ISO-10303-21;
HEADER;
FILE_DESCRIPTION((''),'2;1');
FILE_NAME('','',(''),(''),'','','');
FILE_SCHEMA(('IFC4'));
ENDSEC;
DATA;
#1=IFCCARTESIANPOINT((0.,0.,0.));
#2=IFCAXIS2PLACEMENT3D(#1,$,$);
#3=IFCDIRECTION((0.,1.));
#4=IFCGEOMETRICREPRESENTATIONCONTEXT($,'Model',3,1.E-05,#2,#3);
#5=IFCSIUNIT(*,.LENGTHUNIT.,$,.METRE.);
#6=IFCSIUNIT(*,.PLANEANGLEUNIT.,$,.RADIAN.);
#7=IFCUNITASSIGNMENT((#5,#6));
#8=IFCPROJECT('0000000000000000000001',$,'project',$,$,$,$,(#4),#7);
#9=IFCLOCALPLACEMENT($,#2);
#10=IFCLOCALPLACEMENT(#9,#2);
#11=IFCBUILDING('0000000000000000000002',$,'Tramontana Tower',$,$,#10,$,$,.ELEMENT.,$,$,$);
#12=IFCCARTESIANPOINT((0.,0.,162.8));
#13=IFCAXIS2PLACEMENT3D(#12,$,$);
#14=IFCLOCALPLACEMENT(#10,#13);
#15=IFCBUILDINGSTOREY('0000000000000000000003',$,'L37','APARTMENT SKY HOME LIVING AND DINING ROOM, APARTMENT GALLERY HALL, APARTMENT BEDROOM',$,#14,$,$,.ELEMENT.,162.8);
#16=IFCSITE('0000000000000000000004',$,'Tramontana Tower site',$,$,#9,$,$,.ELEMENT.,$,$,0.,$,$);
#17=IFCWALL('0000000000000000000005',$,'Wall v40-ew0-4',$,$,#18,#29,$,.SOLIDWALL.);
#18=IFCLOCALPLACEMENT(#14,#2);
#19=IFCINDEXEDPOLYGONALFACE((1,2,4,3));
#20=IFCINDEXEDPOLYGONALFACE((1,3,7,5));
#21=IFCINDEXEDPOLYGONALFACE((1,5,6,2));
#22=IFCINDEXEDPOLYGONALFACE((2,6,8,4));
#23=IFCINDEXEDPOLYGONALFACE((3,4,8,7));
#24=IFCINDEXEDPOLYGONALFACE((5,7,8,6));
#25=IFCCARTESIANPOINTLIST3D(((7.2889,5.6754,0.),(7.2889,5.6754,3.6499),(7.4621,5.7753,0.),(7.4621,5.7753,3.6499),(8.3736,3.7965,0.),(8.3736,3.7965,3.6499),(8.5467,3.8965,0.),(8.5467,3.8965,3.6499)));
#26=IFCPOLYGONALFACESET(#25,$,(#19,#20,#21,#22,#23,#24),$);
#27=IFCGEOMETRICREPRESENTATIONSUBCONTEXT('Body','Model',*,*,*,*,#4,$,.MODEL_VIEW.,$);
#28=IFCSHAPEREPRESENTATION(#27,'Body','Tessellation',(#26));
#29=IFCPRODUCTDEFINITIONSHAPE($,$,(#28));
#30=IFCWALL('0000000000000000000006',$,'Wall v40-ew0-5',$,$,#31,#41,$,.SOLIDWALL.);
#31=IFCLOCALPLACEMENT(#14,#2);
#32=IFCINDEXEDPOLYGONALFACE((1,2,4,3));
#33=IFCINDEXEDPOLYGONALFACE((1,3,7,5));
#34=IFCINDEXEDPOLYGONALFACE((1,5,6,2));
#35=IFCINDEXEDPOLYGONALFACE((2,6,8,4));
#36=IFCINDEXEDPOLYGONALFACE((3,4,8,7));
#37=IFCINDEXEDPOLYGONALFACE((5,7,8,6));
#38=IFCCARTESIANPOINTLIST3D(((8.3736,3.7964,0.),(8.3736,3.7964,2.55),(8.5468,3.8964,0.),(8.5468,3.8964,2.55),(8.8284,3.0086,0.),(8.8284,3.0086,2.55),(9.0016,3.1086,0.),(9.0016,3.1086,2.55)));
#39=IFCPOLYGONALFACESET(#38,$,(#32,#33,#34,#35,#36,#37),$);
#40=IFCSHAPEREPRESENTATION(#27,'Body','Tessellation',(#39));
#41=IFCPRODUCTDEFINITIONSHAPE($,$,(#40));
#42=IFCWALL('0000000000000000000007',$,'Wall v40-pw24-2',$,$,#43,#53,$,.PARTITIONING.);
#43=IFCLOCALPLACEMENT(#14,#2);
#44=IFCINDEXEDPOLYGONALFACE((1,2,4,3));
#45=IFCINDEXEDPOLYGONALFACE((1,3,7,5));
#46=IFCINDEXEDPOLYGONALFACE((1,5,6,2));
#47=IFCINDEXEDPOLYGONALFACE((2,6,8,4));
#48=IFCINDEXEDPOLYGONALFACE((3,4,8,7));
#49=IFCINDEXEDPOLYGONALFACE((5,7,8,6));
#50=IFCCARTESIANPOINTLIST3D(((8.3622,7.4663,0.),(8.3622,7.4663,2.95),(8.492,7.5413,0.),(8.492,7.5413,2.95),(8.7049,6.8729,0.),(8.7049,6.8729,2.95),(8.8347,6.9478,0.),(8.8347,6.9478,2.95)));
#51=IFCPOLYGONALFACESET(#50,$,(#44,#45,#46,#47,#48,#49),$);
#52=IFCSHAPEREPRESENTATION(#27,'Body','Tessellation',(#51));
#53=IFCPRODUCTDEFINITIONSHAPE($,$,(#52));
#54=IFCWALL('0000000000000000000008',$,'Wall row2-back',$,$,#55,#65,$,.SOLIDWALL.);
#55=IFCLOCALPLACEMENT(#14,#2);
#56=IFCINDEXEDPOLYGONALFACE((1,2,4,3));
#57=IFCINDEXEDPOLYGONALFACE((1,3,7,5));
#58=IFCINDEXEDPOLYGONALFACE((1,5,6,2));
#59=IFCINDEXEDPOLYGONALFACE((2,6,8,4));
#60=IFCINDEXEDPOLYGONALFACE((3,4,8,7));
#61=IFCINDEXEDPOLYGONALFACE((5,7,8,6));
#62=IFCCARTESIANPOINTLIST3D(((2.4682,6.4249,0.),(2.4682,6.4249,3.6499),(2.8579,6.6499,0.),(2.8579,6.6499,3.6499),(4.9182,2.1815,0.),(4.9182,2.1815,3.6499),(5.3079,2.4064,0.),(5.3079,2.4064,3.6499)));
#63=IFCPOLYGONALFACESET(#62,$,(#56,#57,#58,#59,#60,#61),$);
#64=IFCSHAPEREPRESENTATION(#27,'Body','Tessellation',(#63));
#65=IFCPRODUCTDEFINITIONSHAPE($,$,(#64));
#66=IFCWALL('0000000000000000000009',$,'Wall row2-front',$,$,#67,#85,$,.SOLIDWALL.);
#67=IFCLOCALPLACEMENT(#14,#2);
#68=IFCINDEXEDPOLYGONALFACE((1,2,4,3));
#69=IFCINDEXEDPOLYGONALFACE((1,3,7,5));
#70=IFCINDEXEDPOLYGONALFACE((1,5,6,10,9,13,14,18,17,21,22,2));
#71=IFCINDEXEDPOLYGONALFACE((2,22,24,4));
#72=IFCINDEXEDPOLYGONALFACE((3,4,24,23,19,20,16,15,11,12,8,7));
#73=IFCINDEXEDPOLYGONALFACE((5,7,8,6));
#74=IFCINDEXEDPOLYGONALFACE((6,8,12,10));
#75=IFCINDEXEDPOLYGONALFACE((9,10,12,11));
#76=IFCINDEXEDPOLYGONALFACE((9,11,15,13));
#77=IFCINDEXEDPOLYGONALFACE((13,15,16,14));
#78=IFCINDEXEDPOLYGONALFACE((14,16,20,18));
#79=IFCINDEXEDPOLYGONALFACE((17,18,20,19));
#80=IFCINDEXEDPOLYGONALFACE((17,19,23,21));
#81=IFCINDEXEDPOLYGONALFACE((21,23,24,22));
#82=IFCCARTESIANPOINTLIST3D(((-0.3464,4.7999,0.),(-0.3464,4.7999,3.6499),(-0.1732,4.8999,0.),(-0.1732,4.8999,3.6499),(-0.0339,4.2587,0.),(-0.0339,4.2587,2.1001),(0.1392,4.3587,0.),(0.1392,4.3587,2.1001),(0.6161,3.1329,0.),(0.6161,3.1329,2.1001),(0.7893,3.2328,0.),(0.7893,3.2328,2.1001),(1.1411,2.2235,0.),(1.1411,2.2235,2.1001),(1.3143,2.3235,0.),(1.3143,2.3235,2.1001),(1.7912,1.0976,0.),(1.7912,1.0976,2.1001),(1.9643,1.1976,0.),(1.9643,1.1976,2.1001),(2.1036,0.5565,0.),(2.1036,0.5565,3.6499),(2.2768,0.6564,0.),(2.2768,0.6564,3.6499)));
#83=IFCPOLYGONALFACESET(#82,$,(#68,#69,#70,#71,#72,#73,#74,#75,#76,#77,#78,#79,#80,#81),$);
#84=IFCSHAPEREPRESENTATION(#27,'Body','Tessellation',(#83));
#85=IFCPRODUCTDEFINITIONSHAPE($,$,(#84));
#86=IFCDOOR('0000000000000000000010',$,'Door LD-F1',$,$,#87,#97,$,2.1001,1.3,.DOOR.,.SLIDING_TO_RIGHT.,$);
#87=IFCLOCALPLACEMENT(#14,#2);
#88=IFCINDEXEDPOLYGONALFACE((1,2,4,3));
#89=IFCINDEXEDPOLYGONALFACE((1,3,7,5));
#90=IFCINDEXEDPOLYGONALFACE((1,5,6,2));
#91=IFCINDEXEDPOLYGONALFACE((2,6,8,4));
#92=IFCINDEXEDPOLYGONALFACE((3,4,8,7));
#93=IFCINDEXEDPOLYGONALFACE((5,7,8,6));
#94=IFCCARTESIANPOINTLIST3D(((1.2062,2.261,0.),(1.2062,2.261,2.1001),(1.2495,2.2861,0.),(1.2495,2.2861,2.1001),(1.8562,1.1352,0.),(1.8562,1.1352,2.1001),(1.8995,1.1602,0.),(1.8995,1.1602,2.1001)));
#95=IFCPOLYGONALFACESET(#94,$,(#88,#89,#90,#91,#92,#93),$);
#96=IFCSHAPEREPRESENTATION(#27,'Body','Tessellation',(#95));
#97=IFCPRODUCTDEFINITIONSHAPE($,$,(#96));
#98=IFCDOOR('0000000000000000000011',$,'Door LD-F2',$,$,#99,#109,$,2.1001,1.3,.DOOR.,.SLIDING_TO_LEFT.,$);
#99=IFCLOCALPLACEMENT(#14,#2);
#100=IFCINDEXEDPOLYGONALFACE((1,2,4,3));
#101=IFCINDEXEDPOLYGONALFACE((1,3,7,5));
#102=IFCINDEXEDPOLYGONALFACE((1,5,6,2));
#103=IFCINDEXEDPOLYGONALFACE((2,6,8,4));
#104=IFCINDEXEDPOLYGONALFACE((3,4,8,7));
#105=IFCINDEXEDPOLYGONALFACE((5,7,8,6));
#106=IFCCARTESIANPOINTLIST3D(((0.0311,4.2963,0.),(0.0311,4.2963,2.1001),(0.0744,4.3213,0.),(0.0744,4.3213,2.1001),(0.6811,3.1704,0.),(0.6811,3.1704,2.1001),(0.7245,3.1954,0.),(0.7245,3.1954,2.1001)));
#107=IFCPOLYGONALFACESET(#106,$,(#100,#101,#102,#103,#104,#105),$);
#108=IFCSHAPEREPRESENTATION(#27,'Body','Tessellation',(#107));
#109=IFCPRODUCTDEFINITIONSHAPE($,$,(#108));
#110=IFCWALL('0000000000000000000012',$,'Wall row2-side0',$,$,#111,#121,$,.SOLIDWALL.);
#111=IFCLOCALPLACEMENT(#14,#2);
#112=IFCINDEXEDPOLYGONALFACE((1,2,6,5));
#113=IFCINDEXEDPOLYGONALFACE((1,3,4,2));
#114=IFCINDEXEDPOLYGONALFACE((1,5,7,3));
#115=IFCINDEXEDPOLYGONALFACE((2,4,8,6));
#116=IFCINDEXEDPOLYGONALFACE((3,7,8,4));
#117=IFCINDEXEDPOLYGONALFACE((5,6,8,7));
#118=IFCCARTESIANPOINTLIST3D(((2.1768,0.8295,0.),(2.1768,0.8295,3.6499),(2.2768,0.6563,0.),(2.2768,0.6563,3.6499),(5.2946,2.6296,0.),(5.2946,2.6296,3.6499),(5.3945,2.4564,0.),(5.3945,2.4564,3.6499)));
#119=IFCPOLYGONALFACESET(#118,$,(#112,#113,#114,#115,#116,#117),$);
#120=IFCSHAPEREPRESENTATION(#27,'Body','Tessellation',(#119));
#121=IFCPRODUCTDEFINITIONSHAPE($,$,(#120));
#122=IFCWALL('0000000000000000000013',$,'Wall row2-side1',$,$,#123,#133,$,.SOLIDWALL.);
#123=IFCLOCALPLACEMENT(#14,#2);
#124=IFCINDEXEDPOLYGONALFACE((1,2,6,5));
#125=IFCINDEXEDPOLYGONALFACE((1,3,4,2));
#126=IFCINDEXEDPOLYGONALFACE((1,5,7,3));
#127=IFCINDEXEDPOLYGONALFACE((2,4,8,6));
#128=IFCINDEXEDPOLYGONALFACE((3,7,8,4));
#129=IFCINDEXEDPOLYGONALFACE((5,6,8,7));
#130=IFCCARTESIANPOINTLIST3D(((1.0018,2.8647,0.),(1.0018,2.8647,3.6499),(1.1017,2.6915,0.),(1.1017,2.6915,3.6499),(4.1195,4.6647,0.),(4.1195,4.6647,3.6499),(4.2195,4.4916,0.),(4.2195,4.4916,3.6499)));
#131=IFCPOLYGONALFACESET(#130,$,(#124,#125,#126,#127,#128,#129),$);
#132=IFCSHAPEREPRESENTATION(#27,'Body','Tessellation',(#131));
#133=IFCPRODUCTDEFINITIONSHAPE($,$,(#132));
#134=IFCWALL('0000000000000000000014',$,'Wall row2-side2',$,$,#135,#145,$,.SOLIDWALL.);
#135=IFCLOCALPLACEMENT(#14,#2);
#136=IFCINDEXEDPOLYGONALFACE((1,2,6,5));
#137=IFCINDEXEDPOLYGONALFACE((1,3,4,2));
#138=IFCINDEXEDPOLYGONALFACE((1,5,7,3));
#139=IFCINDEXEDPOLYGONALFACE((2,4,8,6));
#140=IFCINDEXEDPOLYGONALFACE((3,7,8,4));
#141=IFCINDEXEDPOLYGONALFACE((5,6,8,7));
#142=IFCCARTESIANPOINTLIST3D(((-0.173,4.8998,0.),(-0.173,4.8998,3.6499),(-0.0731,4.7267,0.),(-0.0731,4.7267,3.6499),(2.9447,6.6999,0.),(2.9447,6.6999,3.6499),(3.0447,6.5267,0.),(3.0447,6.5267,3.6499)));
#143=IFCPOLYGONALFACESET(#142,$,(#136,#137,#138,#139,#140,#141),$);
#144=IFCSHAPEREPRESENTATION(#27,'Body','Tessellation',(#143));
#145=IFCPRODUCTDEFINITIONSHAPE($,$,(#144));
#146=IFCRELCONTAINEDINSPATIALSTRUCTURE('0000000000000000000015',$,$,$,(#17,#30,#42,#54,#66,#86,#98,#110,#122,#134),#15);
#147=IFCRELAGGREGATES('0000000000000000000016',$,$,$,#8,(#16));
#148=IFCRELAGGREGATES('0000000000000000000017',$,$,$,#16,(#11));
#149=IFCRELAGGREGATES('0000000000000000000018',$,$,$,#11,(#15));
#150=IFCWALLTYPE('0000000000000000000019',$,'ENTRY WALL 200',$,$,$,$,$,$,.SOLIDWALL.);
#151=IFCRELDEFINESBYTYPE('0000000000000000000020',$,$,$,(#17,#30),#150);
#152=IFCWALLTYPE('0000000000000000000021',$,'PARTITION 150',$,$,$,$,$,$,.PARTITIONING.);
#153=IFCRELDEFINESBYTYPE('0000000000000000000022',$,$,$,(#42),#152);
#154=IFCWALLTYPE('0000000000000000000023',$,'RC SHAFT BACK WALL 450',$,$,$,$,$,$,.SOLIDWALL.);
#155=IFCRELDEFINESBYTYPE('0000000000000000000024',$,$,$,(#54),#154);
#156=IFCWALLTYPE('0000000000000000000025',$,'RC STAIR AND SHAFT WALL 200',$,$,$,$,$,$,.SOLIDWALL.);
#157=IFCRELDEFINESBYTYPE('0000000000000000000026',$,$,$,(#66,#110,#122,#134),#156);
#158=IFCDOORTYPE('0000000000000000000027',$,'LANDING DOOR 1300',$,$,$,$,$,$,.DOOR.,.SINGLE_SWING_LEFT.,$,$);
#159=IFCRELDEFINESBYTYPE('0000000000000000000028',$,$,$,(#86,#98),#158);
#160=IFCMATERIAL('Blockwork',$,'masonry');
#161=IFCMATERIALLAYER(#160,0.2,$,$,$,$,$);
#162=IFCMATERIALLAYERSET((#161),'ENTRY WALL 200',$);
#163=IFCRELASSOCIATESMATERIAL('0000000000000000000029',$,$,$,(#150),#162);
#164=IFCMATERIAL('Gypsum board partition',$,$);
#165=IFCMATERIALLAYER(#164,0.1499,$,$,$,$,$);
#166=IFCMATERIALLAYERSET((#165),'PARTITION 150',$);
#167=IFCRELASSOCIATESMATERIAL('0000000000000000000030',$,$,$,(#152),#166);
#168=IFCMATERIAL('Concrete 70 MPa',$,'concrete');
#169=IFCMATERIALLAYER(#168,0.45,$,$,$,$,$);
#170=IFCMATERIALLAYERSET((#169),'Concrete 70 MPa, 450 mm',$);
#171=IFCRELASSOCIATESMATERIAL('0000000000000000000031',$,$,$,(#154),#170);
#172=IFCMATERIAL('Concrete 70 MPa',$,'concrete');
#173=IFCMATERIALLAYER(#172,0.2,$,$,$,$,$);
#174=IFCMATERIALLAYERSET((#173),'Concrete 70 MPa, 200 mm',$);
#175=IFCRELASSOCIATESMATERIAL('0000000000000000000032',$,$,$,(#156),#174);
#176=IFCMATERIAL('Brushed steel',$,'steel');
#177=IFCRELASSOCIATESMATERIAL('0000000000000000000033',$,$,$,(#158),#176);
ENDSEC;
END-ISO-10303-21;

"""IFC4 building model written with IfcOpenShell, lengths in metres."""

from ifc_helpers import new_model, si_unit, direction, frame, frame_2d, origin, place, context, subcontext, project, spatial, rectangle, extrude, material, layer, layer_set, type_object, element, fill, save


model = new_model("IFC4")

# Units and contexts
model_context = context("Model", 3, precision=1e-05, world=origin(), true_north=direction((0.0, 1.0)))
body_context = subcontext(model_context, "Body", "Model", "MODEL_VIEW")
ifc_project = project(units=[si_unit("LENGTHUNIT", "METRE"), si_unit("PLANEANGLEUNIT", "RADIAN")], contexts=[model_context])

# Site, building, storey
site_placement = place(None, origin())
site = spatial("IfcSite", under=ifc_project, at=site_placement, Name="Tramontana Tower site", CompositionType="ELEMENT", RefElevation=0.0)
building_placement = place(site_placement, origin())
building = spatial("IfcBuilding", under=site, at=building_placement, Name="Tramontana Tower", CompositionType="ELEMENT")
storey_placement = place(building_placement, frame((0.0, 0.0, 162.8)))
storey = spatial("IfcBuildingStorey", under=building, at=storey_placement, Name="L37", Description="APARTMENT SKY HOME LIVING AND DINING ROOM, APARTMENT GALLERY HALL, APARTMENT BEDROOM", CompositionType="ELEMENT", Elevation=162.8)

# Walls
ifc_material_1 = material(Name="Blockwork", Category="masonry")
ifc_layer_1 = layer(ifc_material_1, 0.2)
ifc_layer_set_1 = layer_set([ifc_layer_1], Name="ENTRY WALL 200")
wall_type_1 = type_object("IfcWallType", Name="ENTRY WALL 200", PredefinedType="SOLIDWALL", material=ifc_layer_set_1)
wall_1_placement = place(storey_placement, frame((7.3755, 5.7253, 0.0), z_axis=(0.0, 0.0, 1.0), x_axis=(0.499976, -0.866039, 0.0)))
element("IfcWall", 1, at=wall_1_placement, inside=storey, type_object=wall_type_1, Name="Wall v40-ew0-4", PredefinedType="SOLIDWALL", context=body_context, shape_type="SweptSolid", body=[
    extrude(rectangle(XDim=2.1694, YDim=0.2, at=frame_2d((1.0847, 0.0))), origin(), (0.0, 0.0, 1.0), 3.6499),
])
wall_2_placement = place(storey_placement, frame((8.4602, 3.8464, 0.0), z_axis=(0.0, 0.0, 1.0), x_axis=(0.499978, -0.866038, 0.0)))
element("IfcWall", 2, at=wall_2_placement, inside=storey, type_object=wall_type_1, Name="Wall v40-ew0-5", PredefinedType="SOLIDWALL", context=body_context, shape_type="SweptSolid", body=[
    extrude(rectangle(XDim=0.9097, YDim=0.2, at=frame_2d((0.4548, 0.0))), origin(), (0.0, 0.0, 1.0), 2.55),
])
ifc_material_2 = material(Name="Gypsum board partition")
ifc_layer_2 = layer(ifc_material_2, 0.1499)
ifc_layer_set_2 = layer_set([ifc_layer_2], Name="PARTITION 150")
wall_type_2 = type_object("IfcWallType", Name="PARTITION 150", PredefinedType="PARTITIONING", material=ifc_layer_set_2)
wall_3_placement = place(storey_placement, frame((8.427, 7.5039, 0.0), z_axis=(0.0, 0.0, 1.0), x_axis=(0.500123, -0.865954, 0.0)))
element("IfcWall", 3, at=wall_3_placement, inside=storey, type_object=wall_type_2, Name="Wall v40-pw24-2", PredefinedType="PARTITIONING", context=body_context, shape_type="SweptSolid", body=[
    extrude(rectangle(XDim=0.6853, YDim=0.1499, at=frame_2d((0.3428, 0.0))), origin(), (0.0, 0.0, 1.0), 2.95),
])
ifc_material_3 = material(Name="Concrete 70 MPa", Category="concrete")
ifc_layer_3 = layer(ifc_material_3, 0.45)
ifc_layer_set_3 = layer_set([ifc_layer_3], Name="Concrete 70 MPa, 450 mm")
wall_type_3 = type_object("IfcWallType", Name="RC SHAFT BACK WALL 450", PredefinedType="SOLIDWALL", material=ifc_layer_set_3)
wall_4_placement = place(storey_placement, frame((5.113, 2.2939, 0.0), z_axis=(0.0, 0.0, 1.0), x_axis=(-0.500003, 0.866024, 0.0)))
element("IfcWall", 4, at=wall_4_placement, inside=storey, type_object=wall_type_3, Name="Wall row2-back", PredefinedType="SOLIDWALL", context=body_context, shape_type="SweptSolid", body=[
    extrude(rectangle(XDim=4.8999, YDim=0.45, at=frame_2d((2.45, 0.0))), origin(), (0.0, 0.0, 1.0), 3.6499),
])

# Wall, openings, doors
ifc_material_4 = material(Name="Concrete 70 MPa", Category="concrete")
ifc_layer_4 = layer(ifc_material_4, 0.2)
ifc_layer_set_4 = layer_set([ifc_layer_4], Name="Concrete 70 MPa, 200 mm")
wall_type_4 = type_object("IfcWallType", Name="RC STAIR AND SHAFT WALL 200", PredefinedType="SOLIDWALL", material=ifc_layer_set_4)
wall_5_placement = place(storey_placement, frame((2.1902, 0.6064, 0.0), z_axis=(0.0, 0.0, 1.0), x_axis=(-0.500003, 0.866024, 0.0)))
wall_5 = element("IfcWall", 5, at=wall_5_placement, inside=storey, type_object=wall_type_4, Name="Wall row2-front", PredefinedType="SOLIDWALL", context=body_context, shape_type="SweptSolid", body=[
    extrude(rectangle(XDim=4.8999, YDim=0.2, at=frame_2d((2.45, 0.0))), origin(), (0.0, 0.0, 1.0), 3.6499),
])
opening_1_placement = place(wall_5_placement, frame((0.625, 0.0, 0.0)))
opening_1 = element("IfcOpeningElement", 6, at=opening_1_placement, cuts=wall_5, PredefinedType="OPENING", context=body_context, shape_type="SweptSolid", body=[
    extrude(rectangle(XDim=1.3, YDim=2.1001, at=frame_2d((0.6499, 1.05))), frame((0.0, 0.1099, 0.0), z_axis=(0.0, -1.0, 0.0), x_axis=(1.0, 0.0, 0.0)), (0.0, 0.0, 1.0), 0.22),
])
opening_2_placement = place(wall_5_placement, frame((2.9751, 0.0, 0.0)))
opening_2 = element("IfcOpeningElement", 7, at=opening_2_placement, cuts=wall_5, PredefinedType="OPENING", context=body_context, shape_type="SweptSolid", body=[
    extrude(rectangle(XDim=1.3, YDim=2.1001, at=frame_2d((0.6499, 1.05))), frame((0.0, 0.1099, 0.0), z_axis=(0.0, -1.0, 0.0), x_axis=(1.0, 0.0, 0.0)), (0.0, 0.0, 1.0), 0.22),
])
ifc_material_5 = material(Name="Brushed steel", Category="steel")
door_type = type_object("IfcDoorType", Name="LANDING DOOR 1300", OperationType="SINGLE_SWING_LEFT", PredefinedType="DOOR", material=ifc_material_5)
door_1_placement = place(opening_1_placement, origin())
door_1 = element("IfcDoor", 8, at=door_1_placement, inside=storey, type_object=door_type, Name="Door LD-F1", OperationType="SLIDING_TO_RIGHT", OverallHeight=2.1001, OverallWidth=1.3, PredefinedType="DOOR", context=body_context, shape_type="SweptSolid", body=[
    extrude(rectangle(XDim=1.3, YDim=2.1001, at=frame_2d((0.6499, 1.05))), frame((0.0, 0.0249, 0.0), z_axis=(0.0, -1.0, 0.0), x_axis=(1.0, 0.0, 0.0)), (0.0, 0.0, 1.0), 0.05),
])
fill(opening_1, door_1)
door_2_placement = place(opening_2_placement, origin())
door_2 = element("IfcDoor", 9, at=door_2_placement, inside=storey, type_object=door_type, Name="Door LD-F2", OperationType="SLIDING_TO_LEFT", OverallHeight=2.1001, OverallWidth=1.3, PredefinedType="DOOR", context=body_context, shape_type="SweptSolid", body=[
    extrude(rectangle(XDim=1.3, YDim=2.1001, at=frame_2d((0.6499, 1.05))), frame((0.0, 0.0249, 0.0), z_axis=(0.0, -1.0, 0.0), x_axis=(1.0, 0.0, 0.0)), (0.0, 0.0, 1.0), 0.05),
])
fill(opening_2, door_2)

# Walls
for number, where, z_axis, x_axis, name in (
    (10, (2.2268, 0.7429, 0.0), (0.0, 0.0, 1.0), (0.866018, 0.500012, 0.0), "Wall row2-side0"),
    (11, (1.0518, 2.7781, 0.0), (0.0, 0.0, 1.0), (0.866018, 0.500012, 0.0), "Wall row2-side1"),
    (12, (-0.123, 4.8132, 0.0), (0.0, 0.0, 1.0), (0.866018, 0.500012, 0.0), "Wall row2-side2"),
):
    element("IfcWall", number, at=place(storey_placement, frame(where, z_axis=z_axis, x_axis=x_axis)), inside=storey, type_object=wall_type_4, Name=name, PredefinedType="SOLIDWALL", context=body_context, shape_type="SweptSolid", body=[
        extrude(rectangle(XDim=3.6001, YDim=0.2, at=frame_2d((1.8, 0.0))), origin(), (0.0, 0.0, 1.0), 3.6499),
    ])

save(model, "model.ifc")
